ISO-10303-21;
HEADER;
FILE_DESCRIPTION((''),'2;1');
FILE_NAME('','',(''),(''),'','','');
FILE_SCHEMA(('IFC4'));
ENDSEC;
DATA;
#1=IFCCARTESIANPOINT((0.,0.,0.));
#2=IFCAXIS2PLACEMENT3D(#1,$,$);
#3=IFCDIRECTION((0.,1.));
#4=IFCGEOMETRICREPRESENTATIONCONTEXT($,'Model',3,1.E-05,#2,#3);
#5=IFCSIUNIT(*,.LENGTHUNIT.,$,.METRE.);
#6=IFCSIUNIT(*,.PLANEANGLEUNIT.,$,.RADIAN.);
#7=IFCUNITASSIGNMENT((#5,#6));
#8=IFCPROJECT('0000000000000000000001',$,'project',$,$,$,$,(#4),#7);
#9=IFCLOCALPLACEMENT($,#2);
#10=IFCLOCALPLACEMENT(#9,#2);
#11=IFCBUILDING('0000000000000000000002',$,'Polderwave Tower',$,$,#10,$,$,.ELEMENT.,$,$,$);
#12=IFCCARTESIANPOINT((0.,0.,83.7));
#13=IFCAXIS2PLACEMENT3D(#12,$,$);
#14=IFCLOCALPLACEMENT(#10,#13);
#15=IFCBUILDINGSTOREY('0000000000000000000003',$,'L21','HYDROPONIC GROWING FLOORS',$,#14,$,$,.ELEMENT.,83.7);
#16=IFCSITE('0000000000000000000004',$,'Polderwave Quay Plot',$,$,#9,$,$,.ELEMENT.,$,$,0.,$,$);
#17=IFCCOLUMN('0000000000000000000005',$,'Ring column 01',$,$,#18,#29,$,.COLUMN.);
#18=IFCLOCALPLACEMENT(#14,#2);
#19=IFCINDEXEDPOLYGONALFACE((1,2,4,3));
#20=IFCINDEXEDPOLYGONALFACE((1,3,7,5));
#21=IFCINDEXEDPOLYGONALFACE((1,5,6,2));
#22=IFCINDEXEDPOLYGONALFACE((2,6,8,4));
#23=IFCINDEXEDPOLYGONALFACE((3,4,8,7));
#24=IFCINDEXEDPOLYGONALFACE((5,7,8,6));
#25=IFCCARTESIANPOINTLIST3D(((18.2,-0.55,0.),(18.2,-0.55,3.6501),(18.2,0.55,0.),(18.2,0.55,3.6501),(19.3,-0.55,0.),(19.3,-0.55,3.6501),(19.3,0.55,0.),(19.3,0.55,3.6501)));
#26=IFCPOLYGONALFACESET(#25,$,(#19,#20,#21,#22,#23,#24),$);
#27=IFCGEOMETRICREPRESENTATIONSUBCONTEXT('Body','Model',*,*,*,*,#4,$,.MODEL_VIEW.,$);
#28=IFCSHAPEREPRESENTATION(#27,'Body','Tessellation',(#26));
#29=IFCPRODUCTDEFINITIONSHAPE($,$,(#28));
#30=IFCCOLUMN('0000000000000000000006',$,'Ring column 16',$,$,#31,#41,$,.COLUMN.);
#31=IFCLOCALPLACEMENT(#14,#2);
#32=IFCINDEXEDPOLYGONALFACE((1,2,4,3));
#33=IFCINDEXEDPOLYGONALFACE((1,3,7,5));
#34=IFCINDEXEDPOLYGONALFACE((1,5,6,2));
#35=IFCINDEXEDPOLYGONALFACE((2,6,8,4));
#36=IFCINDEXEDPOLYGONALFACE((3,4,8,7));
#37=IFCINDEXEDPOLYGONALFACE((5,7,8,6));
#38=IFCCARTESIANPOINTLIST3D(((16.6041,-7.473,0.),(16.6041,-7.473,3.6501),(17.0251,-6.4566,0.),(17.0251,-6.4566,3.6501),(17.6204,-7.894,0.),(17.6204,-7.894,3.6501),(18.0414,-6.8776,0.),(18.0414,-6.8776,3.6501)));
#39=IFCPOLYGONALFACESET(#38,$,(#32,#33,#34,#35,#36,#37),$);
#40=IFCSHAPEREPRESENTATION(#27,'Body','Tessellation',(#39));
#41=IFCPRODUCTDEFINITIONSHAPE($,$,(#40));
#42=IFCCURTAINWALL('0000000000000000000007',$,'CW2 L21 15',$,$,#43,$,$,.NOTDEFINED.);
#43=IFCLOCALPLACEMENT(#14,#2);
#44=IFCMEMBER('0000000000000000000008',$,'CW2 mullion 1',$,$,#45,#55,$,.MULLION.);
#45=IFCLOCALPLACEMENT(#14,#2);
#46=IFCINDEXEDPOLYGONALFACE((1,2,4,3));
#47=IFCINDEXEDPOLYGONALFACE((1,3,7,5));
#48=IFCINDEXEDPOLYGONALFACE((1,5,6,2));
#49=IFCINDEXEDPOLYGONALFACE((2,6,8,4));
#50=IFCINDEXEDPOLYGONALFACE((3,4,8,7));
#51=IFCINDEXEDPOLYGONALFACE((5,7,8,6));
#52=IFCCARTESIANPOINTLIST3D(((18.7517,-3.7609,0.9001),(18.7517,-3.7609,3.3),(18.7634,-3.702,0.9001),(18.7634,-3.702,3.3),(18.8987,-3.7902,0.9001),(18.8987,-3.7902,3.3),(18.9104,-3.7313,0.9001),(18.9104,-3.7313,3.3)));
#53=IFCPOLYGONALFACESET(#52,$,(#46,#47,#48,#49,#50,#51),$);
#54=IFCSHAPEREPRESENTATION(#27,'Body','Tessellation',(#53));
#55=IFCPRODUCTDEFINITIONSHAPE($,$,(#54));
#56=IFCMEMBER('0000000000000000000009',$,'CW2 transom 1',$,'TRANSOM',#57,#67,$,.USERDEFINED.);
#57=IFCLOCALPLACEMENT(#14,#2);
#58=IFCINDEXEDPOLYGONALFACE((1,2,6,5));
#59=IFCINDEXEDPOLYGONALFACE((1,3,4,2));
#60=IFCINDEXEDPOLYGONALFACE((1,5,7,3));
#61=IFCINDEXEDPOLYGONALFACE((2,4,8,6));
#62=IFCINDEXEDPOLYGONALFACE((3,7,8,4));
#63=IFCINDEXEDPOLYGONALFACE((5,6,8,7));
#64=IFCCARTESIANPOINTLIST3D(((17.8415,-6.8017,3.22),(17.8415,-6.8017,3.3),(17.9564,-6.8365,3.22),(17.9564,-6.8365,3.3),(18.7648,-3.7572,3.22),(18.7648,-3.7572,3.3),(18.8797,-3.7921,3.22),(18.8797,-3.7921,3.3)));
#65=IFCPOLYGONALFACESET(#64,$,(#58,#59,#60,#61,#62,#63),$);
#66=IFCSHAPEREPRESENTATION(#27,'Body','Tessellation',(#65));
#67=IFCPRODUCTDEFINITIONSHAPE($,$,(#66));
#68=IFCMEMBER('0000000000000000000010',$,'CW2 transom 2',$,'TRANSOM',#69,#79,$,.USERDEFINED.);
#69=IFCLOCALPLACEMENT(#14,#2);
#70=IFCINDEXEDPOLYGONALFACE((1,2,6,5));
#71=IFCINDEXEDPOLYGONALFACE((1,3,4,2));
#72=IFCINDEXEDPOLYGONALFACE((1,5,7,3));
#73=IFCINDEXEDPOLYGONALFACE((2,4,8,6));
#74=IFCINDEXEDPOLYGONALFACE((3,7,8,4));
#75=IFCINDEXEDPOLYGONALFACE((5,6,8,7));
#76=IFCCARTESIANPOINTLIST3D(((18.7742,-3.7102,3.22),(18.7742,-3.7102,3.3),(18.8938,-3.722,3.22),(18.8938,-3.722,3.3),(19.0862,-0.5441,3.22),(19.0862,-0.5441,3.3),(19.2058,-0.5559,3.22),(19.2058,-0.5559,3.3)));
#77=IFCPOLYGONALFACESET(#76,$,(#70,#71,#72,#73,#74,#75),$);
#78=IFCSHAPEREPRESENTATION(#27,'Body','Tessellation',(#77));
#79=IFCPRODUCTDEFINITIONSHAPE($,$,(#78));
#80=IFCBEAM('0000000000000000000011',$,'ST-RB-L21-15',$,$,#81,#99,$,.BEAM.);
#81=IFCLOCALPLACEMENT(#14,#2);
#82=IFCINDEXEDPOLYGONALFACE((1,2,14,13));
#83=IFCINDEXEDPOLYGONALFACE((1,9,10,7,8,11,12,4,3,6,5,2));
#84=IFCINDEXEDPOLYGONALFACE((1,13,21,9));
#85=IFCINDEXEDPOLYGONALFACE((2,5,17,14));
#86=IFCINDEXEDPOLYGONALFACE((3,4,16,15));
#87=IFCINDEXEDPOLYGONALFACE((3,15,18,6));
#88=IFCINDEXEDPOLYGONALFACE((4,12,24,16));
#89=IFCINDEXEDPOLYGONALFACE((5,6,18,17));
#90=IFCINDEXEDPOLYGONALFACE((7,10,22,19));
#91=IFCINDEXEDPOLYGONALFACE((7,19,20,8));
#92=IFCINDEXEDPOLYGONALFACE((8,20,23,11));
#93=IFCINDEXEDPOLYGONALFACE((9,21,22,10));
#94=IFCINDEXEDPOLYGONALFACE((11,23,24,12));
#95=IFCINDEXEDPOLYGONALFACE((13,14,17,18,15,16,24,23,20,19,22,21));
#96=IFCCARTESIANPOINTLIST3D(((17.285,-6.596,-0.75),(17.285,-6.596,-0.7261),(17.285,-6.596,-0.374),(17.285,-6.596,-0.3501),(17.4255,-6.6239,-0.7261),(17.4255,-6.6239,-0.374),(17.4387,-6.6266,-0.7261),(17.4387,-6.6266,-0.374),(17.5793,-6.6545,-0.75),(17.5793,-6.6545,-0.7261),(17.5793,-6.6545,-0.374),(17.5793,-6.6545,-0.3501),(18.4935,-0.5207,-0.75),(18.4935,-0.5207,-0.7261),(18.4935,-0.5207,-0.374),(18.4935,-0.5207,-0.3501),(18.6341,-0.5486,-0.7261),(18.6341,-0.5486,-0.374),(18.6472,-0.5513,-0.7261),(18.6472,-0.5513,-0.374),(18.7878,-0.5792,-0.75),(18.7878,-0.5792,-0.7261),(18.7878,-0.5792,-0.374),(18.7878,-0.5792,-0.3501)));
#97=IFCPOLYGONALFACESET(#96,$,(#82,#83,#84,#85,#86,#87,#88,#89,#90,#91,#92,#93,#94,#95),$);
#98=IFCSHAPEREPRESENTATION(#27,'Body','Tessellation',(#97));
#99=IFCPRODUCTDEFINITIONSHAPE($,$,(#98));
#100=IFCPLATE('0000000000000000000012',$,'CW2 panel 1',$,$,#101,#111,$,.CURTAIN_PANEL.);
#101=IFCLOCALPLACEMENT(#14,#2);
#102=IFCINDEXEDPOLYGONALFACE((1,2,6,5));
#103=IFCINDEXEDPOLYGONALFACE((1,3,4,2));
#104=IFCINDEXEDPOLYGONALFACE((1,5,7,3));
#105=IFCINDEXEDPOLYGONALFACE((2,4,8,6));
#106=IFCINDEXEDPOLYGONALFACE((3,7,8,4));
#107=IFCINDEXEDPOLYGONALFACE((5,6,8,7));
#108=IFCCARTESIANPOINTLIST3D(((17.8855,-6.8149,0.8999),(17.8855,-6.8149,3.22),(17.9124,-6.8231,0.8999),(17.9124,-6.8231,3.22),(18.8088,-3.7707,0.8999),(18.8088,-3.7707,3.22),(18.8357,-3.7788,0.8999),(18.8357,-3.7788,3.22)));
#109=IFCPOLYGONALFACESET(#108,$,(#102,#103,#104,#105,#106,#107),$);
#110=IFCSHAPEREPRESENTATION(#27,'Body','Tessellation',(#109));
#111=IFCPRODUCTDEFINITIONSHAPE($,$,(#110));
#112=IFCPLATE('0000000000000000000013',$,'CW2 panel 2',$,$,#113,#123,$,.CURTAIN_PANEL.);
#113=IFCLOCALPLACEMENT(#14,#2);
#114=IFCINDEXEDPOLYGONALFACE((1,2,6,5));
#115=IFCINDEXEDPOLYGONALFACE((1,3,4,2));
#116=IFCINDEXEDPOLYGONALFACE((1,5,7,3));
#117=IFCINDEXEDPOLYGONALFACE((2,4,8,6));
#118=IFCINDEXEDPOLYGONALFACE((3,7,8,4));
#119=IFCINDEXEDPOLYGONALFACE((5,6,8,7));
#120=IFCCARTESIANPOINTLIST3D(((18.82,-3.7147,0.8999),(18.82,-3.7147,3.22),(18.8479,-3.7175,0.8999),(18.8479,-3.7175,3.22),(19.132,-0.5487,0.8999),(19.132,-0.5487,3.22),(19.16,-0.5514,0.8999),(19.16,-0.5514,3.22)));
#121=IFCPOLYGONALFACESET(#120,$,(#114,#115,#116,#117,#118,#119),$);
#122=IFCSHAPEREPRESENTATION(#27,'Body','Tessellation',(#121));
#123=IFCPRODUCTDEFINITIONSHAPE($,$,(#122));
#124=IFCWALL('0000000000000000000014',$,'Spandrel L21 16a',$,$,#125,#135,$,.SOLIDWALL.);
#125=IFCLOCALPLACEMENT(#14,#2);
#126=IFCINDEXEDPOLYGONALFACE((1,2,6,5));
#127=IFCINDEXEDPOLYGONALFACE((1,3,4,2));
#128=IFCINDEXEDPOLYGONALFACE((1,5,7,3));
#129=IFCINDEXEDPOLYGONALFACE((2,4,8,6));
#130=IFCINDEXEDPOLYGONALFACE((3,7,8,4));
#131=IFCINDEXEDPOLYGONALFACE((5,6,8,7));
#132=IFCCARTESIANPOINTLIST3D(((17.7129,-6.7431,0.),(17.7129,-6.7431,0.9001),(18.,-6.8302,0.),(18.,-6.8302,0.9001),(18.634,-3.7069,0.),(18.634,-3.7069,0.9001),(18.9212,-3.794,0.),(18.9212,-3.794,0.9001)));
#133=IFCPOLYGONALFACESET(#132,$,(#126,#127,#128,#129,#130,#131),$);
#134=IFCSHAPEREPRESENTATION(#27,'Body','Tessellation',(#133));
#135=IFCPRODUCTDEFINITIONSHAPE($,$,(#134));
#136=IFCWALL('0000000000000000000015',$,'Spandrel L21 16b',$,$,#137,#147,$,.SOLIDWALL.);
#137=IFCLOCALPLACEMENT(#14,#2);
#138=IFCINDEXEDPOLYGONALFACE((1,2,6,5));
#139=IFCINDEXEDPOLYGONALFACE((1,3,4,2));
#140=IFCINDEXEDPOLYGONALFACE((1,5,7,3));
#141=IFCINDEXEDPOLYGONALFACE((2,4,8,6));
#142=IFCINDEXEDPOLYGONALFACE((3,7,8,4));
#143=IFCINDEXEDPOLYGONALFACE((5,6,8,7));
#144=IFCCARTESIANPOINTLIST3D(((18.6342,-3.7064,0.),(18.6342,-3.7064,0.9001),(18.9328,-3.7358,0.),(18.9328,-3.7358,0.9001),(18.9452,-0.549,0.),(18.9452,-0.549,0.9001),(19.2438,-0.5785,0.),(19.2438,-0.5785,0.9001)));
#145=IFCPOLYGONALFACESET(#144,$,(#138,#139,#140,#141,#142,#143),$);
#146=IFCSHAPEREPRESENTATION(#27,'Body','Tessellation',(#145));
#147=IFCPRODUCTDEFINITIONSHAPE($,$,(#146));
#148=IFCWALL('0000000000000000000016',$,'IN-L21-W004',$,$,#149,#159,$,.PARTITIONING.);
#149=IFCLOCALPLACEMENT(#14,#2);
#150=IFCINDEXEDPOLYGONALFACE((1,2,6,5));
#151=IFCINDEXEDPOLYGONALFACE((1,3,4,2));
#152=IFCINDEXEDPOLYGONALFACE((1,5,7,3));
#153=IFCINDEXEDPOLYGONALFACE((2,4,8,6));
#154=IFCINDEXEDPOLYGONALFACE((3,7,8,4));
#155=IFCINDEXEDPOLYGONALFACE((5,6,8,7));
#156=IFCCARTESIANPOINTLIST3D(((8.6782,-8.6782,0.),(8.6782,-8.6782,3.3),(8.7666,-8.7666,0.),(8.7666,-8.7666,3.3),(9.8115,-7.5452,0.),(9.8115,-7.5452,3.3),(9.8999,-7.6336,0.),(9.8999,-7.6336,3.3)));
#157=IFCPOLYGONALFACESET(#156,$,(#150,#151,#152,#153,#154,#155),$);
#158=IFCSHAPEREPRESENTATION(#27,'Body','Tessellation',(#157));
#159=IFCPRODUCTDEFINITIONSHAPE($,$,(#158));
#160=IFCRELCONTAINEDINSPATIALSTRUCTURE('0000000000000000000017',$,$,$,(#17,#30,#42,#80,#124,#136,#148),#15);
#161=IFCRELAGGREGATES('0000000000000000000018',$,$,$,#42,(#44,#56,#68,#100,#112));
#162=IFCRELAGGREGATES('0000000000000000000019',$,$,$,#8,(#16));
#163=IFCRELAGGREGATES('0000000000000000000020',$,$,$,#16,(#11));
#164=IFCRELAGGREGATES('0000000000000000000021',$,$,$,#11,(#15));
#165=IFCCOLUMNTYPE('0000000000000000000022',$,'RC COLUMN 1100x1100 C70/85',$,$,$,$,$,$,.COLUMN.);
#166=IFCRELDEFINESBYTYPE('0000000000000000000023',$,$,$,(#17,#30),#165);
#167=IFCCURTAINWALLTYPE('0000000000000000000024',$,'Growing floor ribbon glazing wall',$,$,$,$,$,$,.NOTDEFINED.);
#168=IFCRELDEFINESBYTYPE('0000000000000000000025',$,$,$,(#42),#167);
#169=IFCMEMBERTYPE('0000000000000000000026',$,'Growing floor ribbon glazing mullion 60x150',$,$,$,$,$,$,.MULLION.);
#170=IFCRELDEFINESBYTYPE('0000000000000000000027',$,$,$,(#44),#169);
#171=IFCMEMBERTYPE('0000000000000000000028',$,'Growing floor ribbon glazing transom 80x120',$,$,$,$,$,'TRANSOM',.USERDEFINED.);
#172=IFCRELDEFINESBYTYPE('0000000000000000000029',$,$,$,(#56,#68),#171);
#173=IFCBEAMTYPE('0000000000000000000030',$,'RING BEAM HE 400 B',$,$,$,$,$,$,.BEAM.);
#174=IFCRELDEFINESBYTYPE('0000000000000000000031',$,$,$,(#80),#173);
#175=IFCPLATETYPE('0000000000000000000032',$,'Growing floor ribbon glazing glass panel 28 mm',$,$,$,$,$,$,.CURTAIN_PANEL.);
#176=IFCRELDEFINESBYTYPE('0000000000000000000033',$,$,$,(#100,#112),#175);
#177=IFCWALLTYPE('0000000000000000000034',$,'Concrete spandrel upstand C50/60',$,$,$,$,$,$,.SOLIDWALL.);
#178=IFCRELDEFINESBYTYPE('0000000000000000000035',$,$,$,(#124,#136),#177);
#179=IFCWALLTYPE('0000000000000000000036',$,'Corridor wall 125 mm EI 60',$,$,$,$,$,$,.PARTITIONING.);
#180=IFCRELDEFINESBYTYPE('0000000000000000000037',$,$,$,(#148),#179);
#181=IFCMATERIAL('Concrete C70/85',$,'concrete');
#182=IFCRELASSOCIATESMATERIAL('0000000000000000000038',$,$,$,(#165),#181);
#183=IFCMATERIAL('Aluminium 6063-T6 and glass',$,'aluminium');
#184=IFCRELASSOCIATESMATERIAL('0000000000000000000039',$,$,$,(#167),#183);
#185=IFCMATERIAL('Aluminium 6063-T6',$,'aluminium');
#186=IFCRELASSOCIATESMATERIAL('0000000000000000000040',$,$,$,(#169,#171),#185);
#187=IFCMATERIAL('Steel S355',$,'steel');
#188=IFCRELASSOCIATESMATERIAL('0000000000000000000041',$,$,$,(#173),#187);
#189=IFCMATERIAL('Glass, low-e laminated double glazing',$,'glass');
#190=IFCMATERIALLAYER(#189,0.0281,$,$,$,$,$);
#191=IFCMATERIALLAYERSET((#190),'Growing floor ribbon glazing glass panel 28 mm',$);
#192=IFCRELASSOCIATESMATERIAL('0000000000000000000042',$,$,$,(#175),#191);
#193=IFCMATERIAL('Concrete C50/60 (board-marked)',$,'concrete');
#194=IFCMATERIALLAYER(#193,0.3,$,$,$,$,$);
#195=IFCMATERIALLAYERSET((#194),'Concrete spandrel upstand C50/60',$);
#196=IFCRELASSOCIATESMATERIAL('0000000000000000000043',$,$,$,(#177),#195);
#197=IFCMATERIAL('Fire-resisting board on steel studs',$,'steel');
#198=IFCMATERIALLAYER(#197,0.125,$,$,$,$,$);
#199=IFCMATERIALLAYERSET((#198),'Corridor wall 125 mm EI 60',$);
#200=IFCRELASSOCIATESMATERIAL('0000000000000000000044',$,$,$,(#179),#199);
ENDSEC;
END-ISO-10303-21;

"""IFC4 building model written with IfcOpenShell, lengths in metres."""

from ifc_helpers import new_model, si_unit, direction, frame, frame_2d, origin, origin_2d, place, context, subcontext, project, spatial, rectangle, i_section, extrude, material, layer, layer_set, material_profile, profile_set, type_object, element, aggregate, save


model = new_model("IFC4")

# Units and contexts
model_context = context("Model", 3, precision=1e-05, world=origin(), true_north=direction((0.0, 1.0)))
body_context = subcontext(model_context, "Body", "Model", "MODEL_VIEW")
ifc_project = project(units=[si_unit("LENGTHUNIT", "METRE"), si_unit("PLANEANGLEUNIT", "RADIAN")], contexts=[model_context])

# Site, building, storey
site_placement = place(None, origin())
site = spatial("IfcSite", under=ifc_project, at=site_placement, Name="Polderwave Quay Plot", CompositionType="ELEMENT", RefElevation=0.0)
building_placement = place(site_placement, origin())
building = spatial("IfcBuilding", under=site, at=building_placement, Name="Polderwave Tower", CompositionType="ELEMENT")
storey_placement = place(building_placement, frame((0.0, 0.0, 83.7)))
storey = spatial("IfcBuildingStorey", under=building, at=storey_placement, Name="L21", Description="HYDROPONIC GROWING FLOORS", CompositionType="ELEMENT", Elevation=83.7)

# Columns
ifc_material_1 = material(Name="Concrete C70/85", Category="concrete")
ifc_material_profile_1 = material_profile(ifc_material_1, rectangle(XDim=1.1001, YDim=1.1001, at=origin_2d()), Name="RC 1100x1100")
ifc_profile_set_1 = profile_set([ifc_material_profile_1], Name="Concrete C70/85")
column_type = type_object("IfcColumnType", Name="RC COLUMN 1100x1100 C70/85", PredefinedType="COLUMN", material=ifc_profile_set_1)
for number, where, z_axis, x_axis, name in (
    (1, (18.75, 0.0, 0.0), (0.0, 0.0, 1.0), (1.0, 0.0, 0.0), "Ring column 01"),
    (2, (17.3228, -7.1753, 0.0), (0.0, 0.0, 1.0), (0.92388, -0.382683, 0.0), "Ring column 16"),
):
    element("IfcColumn", number, at=place(storey_placement, frame(where, z_axis=z_axis, x_axis=x_axis)), inside=storey, type_object=column_type, Name=name, PredefinedType="COLUMN", context=body_context, shape_type="SweptSolid", body=[
        extrude(rectangle(XDim=1.1001, YDim=1.1001, at=origin_2d()), origin(), (0.0, 0.0, 1.0), 3.6501),
    ])

# Curtain wall, members
ifc_material_2 = material(Name="Aluminium 6063-T6 and glass", Category="aluminium")
curtain_wall_type = type_object("IfcCurtainWallType", Name="Growing floor ribbon glazing wall", PredefinedType="NOTDEFINED", material=ifc_material_2)
curtain_wall_placement = place(storey_placement, origin())
curtain_wall = element("IfcCurtainWall", 3, at=curtain_wall_placement, inside=storey, type_object=curtain_wall_type, Name="CW2 L21 15", PredefinedType="NOTDEFINED")
ifc_material_3 = material(Name="Aluminium 6063-T6", Category="aluminium")
ifc_material_profile_2 = material_profile(ifc_material_3, rectangle(XDim=0.1499, YDim=0.0601, at=origin_2d()), Name="AL 60x150")
ifc_profile_set_2 = profile_set([ifc_material_profile_2], Name="Aluminium 6063-T6")
member_type_1 = type_object("IfcMemberType", Name="Growing floor ribbon glazing mullion 60x150", PredefinedType="MULLION", material=ifc_profile_set_2)
member_1_placement = place(storey_placement, frame((18.8311, -3.7461, 0.9001), z_axis=(0.0, 0.0, 1.0), x_axis=(-0.980784, 0.195097, 0.0)))
member_1 = element("IfcMember", 4, at=member_1_placement, type_object=member_type_1, Name="CW2 mullion 1", PredefinedType="MULLION", context=body_context, shape_type="SweptSolid", body=[
    extrude(rectangle(XDim=0.1499, YDim=0.0601, at=origin_2d()), origin(), (0.0, 0.0, 1.0), 2.3999),
])
ifc_material_profile_3 = material_profile(ifc_material_3, rectangle(XDim=0.1201, YDim=0.0801, at=origin_2d()), Name="AL 80x120")
ifc_profile_set_3 = profile_set([ifc_material_profile_3], Name="Aluminium 6063-T6")
member_type_2 = type_object("IfcMemberType", Name="Growing floor ribbon glazing transom 80x120", ElementType="TRANSOM", PredefinedType="USERDEFINED", material=ifc_profile_set_3)
member_2_placement = place(storey_placement, frame((17.8989, -6.8191, 3.26), z_axis=(0.290233, 0.956956, 0.0), x_axis=(-0.956956, 0.290233, 0.0)))
member_2 = element("IfcMember", 5, at=member_2_placement, type_object=member_type_2, Name="CW2 transom 1", ObjectType="TRANSOM", PredefinedType="USERDEFINED", context=body_context, shape_type="SweptSolid", body=[
    extrude(rectangle(XDim=0.1201, YDim=0.0801, at=origin_2d()), origin(), (0.0, 0.0, 1.0), 3.1814),
])
member_3_placement = place(storey_placement, frame((18.834, -3.7161, 3.26), z_axis=(0.098075, 0.995179, 0.0), x_axis=(-0.995179, 0.098075, 0.0)))
member_3 = element("IfcMember", 6, at=member_3_placement, type_object=member_type_2, Name="CW2 transom 2", ObjectType="TRANSOM", PredefinedType="USERDEFINED", context=body_context, shape_type="SweptSolid", body=[
    extrude(rectangle(XDim=0.1201, YDim=0.0801, at=origin_2d()), origin(), (0.0, 0.0, 1.0), 3.1814),
])

# Beam
ifc_material_4 = material(Name="Steel S355", Category="steel")
ifc_material_profile_4 = material_profile(ifc_material_4, i_section(OverallWidth=0.3, OverallDepth=0.3999, WebThickness=0.0134, FlangeThickness=0.0239, at=origin_2d()), Name="HE 400 B")
ifc_profile_set_4 = profile_set([ifc_material_profile_4], Name="Steel S355")
beam_type = type_object("IfcBeamType", Name="RING BEAM HE 400 B", PredefinedType="BEAM", material=ifc_profile_set_4)
beam_placement = place(storey_placement, frame((17.4321, -6.6252, -0.55), z_axis=(0.1951, 0.980783, 0.0), x_axis=(-0.980783, 0.1951, 0.0)))
element("IfcBeam", 7, at=beam_placement, inside=storey, type_object=beam_type, Name="ST-RB-L21-15", PredefinedType="BEAM", context=body_context, shape_type="SweptSolid", body=[
    extrude(i_section(OverallWidth=0.3, OverallDepth=0.3999, WebThickness=0.0134, FlangeThickness=0.0239, at=origin_2d()), origin(), (0.0, 0.0, 1.0), 6.1943),
])

# Plates
ifc_material_5 = material(Name="Glass, low-e laminated double glazing", Category="glass")
ifc_layer_1 = layer(ifc_material_5, 0.0281)
ifc_layer_set_1 = layer_set([ifc_layer_1], Name="Growing floor ribbon glazing glass panel 28 mm")
plate_type = type_object("IfcPlateType", Name="Growing floor ribbon glazing glass panel 28 mm", PredefinedType="CURTAIN_PANEL", material=ifc_layer_set_1)
plate_1_placement = place(storey_placement, frame((18.3606, -5.2969, 0.8999), z_axis=(0.0, 0.0, 1.0), x_axis=(0.290233, 0.956956, 0.0)))
plate_1 = element("IfcPlate", 8, at=plate_1_placement, type_object=plate_type, Name="CW2 panel 1", PredefinedType="CURTAIN_PANEL", context=body_context, shape_type="SweptSolid", body=[
    extrude(rectangle(XDim=3.1812, YDim=0.0281, at=origin_2d()), origin(), (0.0, 0.0, 1.0), 2.3201),
])
plate_2_placement = place(storey_placement, frame((18.99, -2.1331, 0.8999), z_axis=(0.0, 0.0, 1.0), x_axis=(0.098085, 0.995178, 0.0)))
plate_2 = element("IfcPlate", 9, at=plate_2_placement, type_object=plate_type, Name="CW2 panel 2", PredefinedType="CURTAIN_PANEL", context=body_context, shape_type="SweptSolid", body=[
    extrude(rectangle(XDim=3.1814, YDim=0.0281, at=origin_2d()), origin(), (0.0, 0.0, 1.0), 2.3201),
])
aggregate(curtain_wall, [member_1, member_2, member_3, plate_1, plate_2])

# Walls
ifc_material_6 = material(Name="Concrete C50/60 (board-marked)", Category="concrete")
ifc_layer_2 = layer(ifc_material_6, 0.3)
ifc_layer_set_2 = layer_set([ifc_layer_2], Name="Concrete spandrel upstand C50/60")
wall_type_1 = type_object("IfcWallType", Name="Concrete spandrel upstand C50/60", PredefinedType="SOLIDWALL", material=ifc_layer_set_2)
wall_1_placement = place(storey_placement, frame((17.8564, -6.7866, 0.0), z_axis=(0.0, 0.0, 1.0), x_axis=(0.290326, 0.956928, 0.0)))
element("IfcWall", 10, at=wall_1_placement, inside=storey, type_object=wall_type_1, Name="Spandrel L21 16a", PredefinedType="SOLIDWALL", context=body_context, shape_type="SweptSolid", body=[
    extrude(rectangle(XDim=3.1729, YDim=0.3, at=frame_2d((1.5864, 0.0))), origin(), (0.0, 0.0, 1.0), 0.9001),
])
wall_2_placement = place(storey_placement, frame((18.7834, -3.7212, 0.0), z_axis=(0.0, 0.0, 1.0), x_axis=(0.098041, 0.995182, 0.0)))
element("IfcWall", 11, at=wall_2_placement, inside=storey, type_object=wall_type_1, Name="Spandrel L21 16b", PredefinedType="SOLIDWALL", context=body_context, shape_type="SweptSolid", body=[
    extrude(rectangle(XDim=3.1726, YDim=0.3, at=frame_2d((1.5864, 0.0))), origin(), (0.0, 0.0, 1.0), 0.9001),
])
ifc_material_7 = material(Name="Fire-resisting board on steel studs", Category="steel")
ifc_layer_3 = layer(ifc_material_7, 0.125)
ifc_layer_set_3 = layer_set([ifc_layer_3], Name="Corridor wall 125 mm EI 60")
wall_type_2 = type_object("IfcWallType", Name="Corridor wall 125 mm EI 60", PredefinedType="PARTITIONING", material=ifc_layer_set_3)
wall_3_placement = place(storey_placement, frame((9.8557, -7.5894, 0.0), z_axis=(0.0, 0.0, 1.0), x_axis=(-0.707183, -0.707031, 0.0)))
element("IfcWall", 12, at=wall_3_placement, inside=storey, type_object=wall_type_2, Name="IN-L21-W004", PredefinedType="PARTITIONING", context=body_context, shape_type="SweptSolid", body=[
    extrude(rectangle(XDim=1.6025, YDim=0.125, at=frame_2d((0.8013, 0.0))), origin(), (0.0, 0.0, 1.0), 3.3),
])

save(model, "model.ifc")
